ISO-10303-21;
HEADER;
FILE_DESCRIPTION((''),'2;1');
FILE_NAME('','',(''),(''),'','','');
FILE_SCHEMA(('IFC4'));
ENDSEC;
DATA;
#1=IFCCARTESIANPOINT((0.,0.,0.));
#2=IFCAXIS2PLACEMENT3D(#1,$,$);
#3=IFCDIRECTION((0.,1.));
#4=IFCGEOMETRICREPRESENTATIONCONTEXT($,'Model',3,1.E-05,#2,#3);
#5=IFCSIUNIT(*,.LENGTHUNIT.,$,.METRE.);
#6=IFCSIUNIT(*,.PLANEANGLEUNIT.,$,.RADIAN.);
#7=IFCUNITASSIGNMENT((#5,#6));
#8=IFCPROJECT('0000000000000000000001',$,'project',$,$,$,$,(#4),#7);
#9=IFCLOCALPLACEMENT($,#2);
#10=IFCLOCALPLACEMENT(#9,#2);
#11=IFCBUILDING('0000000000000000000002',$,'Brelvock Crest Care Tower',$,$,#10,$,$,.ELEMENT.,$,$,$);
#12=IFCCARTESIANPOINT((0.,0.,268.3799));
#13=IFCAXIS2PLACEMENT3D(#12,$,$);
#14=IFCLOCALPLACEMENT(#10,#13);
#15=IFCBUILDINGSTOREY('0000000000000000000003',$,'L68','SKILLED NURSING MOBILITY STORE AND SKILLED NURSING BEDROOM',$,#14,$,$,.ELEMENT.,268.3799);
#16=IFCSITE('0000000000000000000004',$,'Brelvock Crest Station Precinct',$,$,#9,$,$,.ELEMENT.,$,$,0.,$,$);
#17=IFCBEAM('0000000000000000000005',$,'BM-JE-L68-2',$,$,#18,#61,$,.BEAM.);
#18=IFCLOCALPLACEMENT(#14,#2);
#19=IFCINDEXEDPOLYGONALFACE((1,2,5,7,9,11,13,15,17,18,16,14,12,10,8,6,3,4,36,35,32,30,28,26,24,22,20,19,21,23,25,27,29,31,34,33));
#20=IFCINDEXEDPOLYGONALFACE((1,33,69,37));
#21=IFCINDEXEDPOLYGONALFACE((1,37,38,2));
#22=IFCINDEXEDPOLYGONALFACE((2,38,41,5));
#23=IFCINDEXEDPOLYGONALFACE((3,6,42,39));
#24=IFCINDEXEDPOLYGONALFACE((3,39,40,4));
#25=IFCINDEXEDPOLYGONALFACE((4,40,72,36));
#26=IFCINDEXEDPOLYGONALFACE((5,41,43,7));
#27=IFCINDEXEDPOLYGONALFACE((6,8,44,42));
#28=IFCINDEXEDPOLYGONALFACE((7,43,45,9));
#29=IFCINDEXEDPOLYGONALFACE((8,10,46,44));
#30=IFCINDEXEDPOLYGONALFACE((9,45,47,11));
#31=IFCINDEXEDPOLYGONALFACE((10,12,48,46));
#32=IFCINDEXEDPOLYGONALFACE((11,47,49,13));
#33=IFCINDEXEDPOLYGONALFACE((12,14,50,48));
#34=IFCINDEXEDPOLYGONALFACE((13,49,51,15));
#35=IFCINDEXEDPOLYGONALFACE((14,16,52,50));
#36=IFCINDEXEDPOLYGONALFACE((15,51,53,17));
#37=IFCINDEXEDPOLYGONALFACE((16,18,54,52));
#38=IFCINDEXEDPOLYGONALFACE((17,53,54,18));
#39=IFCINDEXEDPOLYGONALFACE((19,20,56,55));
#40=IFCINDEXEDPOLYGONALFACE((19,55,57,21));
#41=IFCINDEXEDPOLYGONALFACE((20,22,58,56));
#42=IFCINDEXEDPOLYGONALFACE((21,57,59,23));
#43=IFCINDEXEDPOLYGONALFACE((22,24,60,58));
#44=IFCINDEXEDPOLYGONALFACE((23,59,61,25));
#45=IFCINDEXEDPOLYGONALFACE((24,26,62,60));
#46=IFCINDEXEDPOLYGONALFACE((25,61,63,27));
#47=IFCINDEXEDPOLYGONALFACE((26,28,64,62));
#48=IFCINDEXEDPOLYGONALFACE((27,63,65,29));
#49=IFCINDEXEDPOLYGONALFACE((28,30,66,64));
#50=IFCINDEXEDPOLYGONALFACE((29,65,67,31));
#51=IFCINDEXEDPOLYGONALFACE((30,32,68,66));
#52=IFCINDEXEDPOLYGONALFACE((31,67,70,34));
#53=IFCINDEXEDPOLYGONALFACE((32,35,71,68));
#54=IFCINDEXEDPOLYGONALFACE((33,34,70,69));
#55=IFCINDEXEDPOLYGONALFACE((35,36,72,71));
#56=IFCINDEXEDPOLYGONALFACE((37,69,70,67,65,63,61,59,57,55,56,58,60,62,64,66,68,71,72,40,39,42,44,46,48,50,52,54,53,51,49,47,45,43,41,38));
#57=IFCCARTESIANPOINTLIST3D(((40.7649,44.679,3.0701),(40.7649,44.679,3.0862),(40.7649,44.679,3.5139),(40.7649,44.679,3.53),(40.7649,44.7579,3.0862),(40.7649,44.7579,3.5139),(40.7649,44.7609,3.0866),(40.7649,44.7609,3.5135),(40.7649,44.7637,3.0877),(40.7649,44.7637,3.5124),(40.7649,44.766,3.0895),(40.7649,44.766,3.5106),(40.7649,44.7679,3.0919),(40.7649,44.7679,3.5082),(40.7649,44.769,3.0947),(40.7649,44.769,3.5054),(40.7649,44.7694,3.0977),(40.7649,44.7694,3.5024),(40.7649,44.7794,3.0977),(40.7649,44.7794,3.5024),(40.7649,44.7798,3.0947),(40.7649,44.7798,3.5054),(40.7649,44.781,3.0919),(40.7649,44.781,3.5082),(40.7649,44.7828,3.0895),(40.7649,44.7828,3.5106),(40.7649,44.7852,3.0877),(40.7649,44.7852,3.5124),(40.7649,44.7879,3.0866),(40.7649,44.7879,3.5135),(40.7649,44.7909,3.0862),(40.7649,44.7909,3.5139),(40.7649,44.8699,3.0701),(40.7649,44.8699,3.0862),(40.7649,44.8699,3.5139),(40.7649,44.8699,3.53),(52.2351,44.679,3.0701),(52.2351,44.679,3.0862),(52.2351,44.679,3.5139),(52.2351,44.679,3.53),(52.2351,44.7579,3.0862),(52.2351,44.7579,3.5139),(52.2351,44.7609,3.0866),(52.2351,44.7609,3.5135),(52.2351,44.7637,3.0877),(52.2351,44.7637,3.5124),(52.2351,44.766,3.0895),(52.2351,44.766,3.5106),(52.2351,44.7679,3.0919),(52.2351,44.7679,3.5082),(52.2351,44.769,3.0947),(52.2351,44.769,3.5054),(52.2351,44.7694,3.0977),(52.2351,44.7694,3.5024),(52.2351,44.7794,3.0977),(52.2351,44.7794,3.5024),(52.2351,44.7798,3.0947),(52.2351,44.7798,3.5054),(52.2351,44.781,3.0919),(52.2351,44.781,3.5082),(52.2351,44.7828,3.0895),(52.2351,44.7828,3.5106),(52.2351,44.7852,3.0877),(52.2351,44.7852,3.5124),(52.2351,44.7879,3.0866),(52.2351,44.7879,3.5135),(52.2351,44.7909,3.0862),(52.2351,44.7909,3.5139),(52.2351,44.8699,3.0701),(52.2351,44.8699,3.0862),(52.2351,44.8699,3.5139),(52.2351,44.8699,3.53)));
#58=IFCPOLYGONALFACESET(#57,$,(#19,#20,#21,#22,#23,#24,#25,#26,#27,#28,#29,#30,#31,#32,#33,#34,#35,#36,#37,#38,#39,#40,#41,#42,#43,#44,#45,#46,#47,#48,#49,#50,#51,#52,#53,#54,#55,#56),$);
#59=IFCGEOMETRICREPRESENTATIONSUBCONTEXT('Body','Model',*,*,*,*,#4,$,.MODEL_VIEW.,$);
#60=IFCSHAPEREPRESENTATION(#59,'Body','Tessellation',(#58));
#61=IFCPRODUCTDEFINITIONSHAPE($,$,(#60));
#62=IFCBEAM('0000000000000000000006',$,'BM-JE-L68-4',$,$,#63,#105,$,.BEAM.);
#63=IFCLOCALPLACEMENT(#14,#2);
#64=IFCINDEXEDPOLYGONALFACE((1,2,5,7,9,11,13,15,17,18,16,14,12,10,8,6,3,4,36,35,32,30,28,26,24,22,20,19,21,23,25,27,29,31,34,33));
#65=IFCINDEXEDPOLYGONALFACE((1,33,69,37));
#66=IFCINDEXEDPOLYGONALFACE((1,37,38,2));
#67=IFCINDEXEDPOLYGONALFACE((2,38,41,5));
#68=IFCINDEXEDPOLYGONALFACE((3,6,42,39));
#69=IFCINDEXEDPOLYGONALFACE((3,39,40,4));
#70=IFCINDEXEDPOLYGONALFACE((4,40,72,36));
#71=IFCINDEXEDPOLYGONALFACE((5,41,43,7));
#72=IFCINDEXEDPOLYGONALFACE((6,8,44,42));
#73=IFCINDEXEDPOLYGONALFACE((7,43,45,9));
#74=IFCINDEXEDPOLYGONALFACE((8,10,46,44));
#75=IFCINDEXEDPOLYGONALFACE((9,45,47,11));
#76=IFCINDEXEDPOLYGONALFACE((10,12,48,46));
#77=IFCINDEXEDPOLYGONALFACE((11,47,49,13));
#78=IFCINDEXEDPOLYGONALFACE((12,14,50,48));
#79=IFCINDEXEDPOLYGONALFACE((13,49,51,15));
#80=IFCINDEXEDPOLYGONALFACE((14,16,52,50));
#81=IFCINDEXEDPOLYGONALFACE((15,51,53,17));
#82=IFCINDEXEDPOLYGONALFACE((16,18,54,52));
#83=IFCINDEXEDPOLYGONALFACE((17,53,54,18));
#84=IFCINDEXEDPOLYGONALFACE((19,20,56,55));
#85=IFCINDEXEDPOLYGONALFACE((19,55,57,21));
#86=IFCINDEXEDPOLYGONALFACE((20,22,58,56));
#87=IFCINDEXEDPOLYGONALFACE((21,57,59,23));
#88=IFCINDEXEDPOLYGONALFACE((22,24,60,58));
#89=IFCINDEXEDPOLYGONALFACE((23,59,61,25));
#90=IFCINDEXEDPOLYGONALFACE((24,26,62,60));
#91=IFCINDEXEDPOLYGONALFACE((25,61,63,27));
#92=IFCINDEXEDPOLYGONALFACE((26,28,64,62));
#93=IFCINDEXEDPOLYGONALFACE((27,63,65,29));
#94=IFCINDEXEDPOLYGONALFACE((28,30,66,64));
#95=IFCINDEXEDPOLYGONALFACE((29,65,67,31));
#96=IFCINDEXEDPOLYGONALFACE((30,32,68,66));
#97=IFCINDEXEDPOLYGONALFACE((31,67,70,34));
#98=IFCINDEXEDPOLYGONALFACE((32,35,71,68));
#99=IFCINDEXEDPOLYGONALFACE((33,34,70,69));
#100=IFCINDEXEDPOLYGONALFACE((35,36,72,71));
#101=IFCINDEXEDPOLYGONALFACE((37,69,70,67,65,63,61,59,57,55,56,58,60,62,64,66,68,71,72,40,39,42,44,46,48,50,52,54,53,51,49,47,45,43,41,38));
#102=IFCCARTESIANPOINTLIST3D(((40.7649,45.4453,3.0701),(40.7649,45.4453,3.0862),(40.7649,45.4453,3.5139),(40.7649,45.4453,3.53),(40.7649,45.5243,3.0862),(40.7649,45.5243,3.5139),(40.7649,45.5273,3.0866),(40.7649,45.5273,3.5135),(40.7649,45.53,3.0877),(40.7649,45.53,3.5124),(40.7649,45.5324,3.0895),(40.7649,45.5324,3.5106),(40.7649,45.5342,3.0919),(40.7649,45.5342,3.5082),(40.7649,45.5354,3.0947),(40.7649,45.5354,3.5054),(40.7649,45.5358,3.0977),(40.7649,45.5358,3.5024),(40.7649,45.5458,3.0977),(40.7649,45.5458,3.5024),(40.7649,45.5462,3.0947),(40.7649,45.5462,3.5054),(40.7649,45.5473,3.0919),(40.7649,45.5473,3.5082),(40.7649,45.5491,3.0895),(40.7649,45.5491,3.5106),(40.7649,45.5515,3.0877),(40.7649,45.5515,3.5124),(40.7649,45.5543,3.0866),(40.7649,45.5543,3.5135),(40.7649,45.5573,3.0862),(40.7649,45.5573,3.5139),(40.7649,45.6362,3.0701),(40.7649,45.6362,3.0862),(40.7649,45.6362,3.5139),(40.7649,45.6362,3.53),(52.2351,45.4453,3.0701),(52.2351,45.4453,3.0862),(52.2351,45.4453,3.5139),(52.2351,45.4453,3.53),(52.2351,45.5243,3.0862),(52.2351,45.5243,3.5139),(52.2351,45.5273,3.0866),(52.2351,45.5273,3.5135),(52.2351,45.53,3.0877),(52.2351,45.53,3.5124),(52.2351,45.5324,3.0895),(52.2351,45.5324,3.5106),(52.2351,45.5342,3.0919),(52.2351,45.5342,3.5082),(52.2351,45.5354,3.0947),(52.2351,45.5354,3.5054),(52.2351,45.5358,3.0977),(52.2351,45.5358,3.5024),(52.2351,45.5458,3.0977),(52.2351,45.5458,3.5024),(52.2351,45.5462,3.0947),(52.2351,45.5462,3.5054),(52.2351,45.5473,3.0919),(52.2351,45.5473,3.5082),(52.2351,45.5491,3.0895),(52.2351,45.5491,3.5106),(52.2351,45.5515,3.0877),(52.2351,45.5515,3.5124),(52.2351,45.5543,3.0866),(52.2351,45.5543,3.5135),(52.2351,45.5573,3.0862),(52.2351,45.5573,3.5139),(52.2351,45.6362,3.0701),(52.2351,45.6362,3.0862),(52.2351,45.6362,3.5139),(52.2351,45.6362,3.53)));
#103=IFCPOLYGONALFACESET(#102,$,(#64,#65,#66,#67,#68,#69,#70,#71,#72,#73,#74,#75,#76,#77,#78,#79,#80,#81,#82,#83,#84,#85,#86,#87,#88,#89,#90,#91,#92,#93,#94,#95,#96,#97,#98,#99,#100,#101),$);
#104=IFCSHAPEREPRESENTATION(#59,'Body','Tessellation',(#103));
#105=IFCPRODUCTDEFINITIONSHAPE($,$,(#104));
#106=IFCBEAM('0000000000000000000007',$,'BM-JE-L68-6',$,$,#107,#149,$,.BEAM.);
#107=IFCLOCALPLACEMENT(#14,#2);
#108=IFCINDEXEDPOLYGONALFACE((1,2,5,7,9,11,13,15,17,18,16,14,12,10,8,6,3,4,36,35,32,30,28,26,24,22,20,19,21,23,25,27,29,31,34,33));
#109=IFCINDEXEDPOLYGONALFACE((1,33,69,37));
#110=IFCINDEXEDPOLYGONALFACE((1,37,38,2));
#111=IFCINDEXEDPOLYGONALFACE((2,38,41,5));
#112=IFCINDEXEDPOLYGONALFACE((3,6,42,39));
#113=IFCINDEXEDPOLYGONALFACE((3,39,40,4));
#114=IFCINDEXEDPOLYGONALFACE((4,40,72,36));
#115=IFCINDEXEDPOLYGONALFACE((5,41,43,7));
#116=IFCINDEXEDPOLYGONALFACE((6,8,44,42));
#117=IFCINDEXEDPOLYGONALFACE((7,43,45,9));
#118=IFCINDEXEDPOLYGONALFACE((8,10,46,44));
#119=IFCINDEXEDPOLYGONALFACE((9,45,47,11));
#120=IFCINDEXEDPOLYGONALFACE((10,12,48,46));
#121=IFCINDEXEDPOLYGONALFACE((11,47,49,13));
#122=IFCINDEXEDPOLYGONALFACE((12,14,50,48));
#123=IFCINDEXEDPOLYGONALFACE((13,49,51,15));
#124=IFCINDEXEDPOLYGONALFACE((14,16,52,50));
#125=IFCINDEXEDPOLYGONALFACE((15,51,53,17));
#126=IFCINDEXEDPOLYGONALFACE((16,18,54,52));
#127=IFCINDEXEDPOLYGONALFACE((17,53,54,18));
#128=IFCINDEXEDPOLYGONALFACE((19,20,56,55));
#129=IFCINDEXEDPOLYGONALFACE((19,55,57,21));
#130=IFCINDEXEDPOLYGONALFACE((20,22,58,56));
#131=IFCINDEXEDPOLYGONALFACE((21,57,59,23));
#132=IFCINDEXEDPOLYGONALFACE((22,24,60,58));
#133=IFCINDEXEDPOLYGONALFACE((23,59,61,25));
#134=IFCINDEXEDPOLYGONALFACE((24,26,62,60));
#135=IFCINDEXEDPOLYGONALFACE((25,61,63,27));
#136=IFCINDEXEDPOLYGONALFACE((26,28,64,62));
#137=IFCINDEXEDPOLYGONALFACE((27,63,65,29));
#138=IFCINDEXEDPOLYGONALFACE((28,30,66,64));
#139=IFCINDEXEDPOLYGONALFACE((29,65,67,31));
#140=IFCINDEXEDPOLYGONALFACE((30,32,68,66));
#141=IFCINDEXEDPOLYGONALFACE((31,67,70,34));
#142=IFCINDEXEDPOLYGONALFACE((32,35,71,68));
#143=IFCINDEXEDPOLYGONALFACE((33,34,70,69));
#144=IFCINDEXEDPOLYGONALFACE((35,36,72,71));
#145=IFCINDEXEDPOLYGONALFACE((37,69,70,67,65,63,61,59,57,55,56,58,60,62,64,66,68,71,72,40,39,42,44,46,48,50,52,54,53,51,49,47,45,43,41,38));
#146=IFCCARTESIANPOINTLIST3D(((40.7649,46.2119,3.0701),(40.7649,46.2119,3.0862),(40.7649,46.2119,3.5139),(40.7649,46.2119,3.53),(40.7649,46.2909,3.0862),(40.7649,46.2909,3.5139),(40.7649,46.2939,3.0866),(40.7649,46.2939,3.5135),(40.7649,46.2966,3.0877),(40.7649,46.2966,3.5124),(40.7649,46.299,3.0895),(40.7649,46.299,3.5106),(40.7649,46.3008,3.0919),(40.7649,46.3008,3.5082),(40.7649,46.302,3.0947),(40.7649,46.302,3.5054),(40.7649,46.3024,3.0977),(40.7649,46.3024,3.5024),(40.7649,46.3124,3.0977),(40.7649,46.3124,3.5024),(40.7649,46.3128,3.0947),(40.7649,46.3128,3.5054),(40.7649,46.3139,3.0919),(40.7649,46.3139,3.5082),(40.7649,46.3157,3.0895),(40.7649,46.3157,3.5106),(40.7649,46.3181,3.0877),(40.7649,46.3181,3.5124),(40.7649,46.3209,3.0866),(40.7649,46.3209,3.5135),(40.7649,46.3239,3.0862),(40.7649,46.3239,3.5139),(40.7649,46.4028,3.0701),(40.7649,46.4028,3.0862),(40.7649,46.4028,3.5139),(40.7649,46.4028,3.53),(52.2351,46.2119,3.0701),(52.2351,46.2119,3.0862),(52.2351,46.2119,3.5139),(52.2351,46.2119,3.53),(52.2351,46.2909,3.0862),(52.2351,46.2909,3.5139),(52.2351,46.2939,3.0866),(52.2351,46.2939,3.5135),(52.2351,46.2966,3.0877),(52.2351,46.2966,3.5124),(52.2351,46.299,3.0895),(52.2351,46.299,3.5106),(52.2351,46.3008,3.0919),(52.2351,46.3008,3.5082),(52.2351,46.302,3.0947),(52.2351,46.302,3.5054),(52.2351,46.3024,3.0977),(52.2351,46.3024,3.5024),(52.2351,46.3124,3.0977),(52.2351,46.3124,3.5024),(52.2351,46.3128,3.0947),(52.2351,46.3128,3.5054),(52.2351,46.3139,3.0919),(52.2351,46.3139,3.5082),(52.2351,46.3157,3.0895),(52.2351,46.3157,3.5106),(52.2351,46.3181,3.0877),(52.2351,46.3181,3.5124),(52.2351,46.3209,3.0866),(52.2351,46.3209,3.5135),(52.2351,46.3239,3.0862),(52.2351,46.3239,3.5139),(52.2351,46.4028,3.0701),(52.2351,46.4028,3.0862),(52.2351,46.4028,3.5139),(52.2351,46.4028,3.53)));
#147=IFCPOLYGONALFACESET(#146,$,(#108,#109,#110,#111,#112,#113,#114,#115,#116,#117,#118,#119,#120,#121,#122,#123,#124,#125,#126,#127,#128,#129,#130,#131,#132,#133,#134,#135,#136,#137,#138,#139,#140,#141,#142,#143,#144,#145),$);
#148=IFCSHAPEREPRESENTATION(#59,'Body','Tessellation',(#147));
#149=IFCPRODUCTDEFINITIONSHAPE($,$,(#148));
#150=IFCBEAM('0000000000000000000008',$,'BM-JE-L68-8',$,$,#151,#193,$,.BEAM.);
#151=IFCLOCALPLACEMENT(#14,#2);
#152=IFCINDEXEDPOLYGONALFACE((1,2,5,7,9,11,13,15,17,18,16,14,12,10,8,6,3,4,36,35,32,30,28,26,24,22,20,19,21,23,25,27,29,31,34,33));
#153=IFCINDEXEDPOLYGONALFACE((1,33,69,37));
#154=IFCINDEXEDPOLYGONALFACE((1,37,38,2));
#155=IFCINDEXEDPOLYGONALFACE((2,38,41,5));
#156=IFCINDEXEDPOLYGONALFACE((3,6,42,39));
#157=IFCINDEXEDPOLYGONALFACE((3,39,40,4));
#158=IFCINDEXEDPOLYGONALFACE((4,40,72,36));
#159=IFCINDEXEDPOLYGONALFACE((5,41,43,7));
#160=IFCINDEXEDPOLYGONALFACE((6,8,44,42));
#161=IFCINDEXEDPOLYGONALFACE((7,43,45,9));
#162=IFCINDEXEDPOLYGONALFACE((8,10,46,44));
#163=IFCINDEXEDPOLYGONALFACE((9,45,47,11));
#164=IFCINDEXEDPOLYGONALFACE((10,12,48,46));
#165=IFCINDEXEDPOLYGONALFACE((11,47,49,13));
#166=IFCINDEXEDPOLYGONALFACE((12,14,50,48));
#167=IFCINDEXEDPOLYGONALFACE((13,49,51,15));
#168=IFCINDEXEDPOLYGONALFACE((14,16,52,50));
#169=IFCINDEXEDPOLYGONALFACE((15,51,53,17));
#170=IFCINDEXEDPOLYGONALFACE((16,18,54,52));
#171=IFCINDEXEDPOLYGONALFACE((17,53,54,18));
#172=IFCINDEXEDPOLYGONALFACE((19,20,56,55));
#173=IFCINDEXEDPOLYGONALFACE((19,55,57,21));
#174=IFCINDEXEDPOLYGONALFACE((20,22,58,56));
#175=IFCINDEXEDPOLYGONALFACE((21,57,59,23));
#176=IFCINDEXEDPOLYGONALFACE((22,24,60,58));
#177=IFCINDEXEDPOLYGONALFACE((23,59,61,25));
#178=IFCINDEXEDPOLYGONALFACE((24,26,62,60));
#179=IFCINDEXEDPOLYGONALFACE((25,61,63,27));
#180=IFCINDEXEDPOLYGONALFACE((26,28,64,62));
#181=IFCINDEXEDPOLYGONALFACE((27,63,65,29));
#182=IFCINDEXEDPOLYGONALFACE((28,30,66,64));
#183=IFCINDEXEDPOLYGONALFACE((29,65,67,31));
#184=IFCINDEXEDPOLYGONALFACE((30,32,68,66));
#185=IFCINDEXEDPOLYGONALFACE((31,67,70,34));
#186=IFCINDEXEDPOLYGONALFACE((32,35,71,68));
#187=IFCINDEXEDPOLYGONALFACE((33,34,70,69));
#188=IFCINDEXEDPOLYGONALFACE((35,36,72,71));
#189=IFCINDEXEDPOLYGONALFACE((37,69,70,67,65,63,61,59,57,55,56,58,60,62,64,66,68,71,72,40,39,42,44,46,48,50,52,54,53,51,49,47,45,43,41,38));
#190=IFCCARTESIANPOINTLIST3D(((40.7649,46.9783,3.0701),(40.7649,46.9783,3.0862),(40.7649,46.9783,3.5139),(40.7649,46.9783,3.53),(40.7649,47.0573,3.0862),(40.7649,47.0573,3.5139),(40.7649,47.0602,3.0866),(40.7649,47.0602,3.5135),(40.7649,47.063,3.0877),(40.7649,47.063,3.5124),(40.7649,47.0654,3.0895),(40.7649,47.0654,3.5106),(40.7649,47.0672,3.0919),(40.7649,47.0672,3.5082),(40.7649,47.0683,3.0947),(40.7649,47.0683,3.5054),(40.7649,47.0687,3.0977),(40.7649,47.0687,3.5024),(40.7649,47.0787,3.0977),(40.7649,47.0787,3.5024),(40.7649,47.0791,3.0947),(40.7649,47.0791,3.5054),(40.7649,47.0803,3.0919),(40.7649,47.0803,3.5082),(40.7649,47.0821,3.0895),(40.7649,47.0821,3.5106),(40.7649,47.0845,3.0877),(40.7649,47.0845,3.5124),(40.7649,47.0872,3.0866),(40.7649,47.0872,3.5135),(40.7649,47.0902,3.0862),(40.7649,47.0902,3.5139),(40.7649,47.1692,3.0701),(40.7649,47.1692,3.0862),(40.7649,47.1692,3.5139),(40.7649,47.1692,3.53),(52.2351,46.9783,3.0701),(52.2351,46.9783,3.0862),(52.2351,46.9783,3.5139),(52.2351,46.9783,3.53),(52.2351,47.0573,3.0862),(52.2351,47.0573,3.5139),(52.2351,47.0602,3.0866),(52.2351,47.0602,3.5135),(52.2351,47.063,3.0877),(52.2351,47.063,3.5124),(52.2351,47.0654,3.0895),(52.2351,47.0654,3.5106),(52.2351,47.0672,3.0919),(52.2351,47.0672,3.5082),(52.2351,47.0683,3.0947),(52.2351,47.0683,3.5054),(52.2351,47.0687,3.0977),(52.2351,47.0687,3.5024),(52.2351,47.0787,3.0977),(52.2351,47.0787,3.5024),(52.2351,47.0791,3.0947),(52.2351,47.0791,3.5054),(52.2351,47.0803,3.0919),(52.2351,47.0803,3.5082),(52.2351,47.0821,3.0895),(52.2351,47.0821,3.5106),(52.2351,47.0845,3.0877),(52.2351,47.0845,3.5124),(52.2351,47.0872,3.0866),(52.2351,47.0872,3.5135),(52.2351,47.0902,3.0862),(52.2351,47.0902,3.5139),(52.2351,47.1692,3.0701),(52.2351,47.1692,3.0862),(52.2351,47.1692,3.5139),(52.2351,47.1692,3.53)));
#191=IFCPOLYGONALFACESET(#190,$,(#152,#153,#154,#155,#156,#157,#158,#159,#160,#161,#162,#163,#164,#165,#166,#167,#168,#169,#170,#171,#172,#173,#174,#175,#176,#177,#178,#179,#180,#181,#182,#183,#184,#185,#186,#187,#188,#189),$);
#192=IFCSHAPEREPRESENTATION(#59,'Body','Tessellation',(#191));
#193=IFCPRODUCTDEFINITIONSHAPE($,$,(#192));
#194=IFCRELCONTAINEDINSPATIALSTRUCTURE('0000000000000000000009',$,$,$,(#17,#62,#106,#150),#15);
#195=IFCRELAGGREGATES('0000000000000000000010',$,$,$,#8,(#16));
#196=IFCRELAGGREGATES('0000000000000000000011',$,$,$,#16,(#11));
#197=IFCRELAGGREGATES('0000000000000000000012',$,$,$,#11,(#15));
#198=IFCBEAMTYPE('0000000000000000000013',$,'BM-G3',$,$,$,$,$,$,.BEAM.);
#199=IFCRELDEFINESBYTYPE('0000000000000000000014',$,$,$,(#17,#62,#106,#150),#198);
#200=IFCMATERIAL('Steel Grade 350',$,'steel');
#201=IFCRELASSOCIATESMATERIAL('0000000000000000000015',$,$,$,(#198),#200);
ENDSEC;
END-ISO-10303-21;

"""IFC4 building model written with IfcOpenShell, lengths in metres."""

from ifc_helpers import new_model, si_unit, direction, frame, origin, origin_2d, place, context, subcontext, project, spatial, i_section, extrude, source, transform, mapped, material, material_profile, profile_set, type_object, element, save


model = new_model("IFC4")

# Units and contexts
model_context = context("Model", 3, precision=1e-05, world=origin(), true_north=direction((0.0, 1.0)))
body_context = subcontext(model_context, "Body", "Model", "MODEL_VIEW")
ifc_project = project(units=[si_unit("LENGTHUNIT", "METRE"), si_unit("PLANEANGLEUNIT", "RADIAN")], contexts=[model_context])

# Site, building, storey
site_placement = place(None, origin())
site = spatial("IfcSite", under=ifc_project, at=site_placement, Name="Brelvock Crest Station Precinct", CompositionType="ELEMENT", RefElevation=0.0)
building_placement = place(site_placement, origin())
building = spatial("IfcBuilding", under=site, at=building_placement, Name="Brelvock Crest Care Tower", CompositionType="ELEMENT")
storey_placement = place(building_placement, frame((0.0, 0.0, 268.3799)))
storey = spatial("IfcBuildingStorey", under=building, at=storey_placement, Name="L68", Description="SKILLED NURSING MOBILITY STORE AND SKILLED NURSING BEDROOM", CompositionType="ELEMENT", Elevation=268.3799)

# Beams
ifc_material_1 = material(Name="Steel Grade 350", Category="steel")
ifc_material_profile_1 = material_profile(ifc_material_1, i_section(OverallWidth=0.1909, OverallDepth=0.46, WebThickness=0.01, FlangeThickness=0.0161, FilletRadius=0.0115, at=origin_2d()), Name="460UB82.1")
ifc_profile_set_1 = profile_set([ifc_material_profile_1], Name="Steel Grade 350")
beam_type_1 = type_object("IfcBeamType", Name="BM-G3", PredefinedType="BEAM", material=ifc_profile_set_1)
shared_shape_1 = source(origin(), body_context, "Body", "SweptSolid", [
    extrude(i_section(OverallWidth=0.1909, OverallDepth=0.46, WebThickness=0.01, FlangeThickness=0.0161, FilletRadius=0.0115, at=origin_2d()), origin(), (0.0, 0.0, 1.0), 11.4702),
])
for number, where, z_axis, x_axis, name in (
    (1, (40.7649, 44.7744, 3.3), (1.0, 0.0, 0.0), (0.0, 1.0, 0.0), "BM-JE-L68-2"),
    (2, (40.7649, 45.5408, 3.3), (1.0, 0.0, 0.0), (0.0, 1.0, 0.0), "BM-JE-L68-4"),
    (3, (40.7649, 46.3074, 3.3), (1.0, 0.0, 0.0), (0.0, 1.0, 0.0), "BM-JE-L68-6"),
    (4, (40.7649, 47.0737, 3.3), (1.0, 0.0, 0.0), (0.0, 1.0, 0.0), "BM-JE-L68-8"),
):
    element("IfcBeam", number, at=place(storey_placement, frame(where, z_axis=z_axis, x_axis=x_axis)), inside=storey, type_object=beam_type_1, Name=name, PredefinedType="BEAM", context=body_context, shape_type="MappedRepresentation", body=[
        mapped(shared_shape_1, transform((0.0, 0.0, 0.0), x_axis=(1.0, 0.0, 0.0), y_axis=(0.0, 1.0, 0.0), z_axis=(0.0, 0.0, 1.0), scale=1.0)),
    ])

save(model, "model.ifc")
